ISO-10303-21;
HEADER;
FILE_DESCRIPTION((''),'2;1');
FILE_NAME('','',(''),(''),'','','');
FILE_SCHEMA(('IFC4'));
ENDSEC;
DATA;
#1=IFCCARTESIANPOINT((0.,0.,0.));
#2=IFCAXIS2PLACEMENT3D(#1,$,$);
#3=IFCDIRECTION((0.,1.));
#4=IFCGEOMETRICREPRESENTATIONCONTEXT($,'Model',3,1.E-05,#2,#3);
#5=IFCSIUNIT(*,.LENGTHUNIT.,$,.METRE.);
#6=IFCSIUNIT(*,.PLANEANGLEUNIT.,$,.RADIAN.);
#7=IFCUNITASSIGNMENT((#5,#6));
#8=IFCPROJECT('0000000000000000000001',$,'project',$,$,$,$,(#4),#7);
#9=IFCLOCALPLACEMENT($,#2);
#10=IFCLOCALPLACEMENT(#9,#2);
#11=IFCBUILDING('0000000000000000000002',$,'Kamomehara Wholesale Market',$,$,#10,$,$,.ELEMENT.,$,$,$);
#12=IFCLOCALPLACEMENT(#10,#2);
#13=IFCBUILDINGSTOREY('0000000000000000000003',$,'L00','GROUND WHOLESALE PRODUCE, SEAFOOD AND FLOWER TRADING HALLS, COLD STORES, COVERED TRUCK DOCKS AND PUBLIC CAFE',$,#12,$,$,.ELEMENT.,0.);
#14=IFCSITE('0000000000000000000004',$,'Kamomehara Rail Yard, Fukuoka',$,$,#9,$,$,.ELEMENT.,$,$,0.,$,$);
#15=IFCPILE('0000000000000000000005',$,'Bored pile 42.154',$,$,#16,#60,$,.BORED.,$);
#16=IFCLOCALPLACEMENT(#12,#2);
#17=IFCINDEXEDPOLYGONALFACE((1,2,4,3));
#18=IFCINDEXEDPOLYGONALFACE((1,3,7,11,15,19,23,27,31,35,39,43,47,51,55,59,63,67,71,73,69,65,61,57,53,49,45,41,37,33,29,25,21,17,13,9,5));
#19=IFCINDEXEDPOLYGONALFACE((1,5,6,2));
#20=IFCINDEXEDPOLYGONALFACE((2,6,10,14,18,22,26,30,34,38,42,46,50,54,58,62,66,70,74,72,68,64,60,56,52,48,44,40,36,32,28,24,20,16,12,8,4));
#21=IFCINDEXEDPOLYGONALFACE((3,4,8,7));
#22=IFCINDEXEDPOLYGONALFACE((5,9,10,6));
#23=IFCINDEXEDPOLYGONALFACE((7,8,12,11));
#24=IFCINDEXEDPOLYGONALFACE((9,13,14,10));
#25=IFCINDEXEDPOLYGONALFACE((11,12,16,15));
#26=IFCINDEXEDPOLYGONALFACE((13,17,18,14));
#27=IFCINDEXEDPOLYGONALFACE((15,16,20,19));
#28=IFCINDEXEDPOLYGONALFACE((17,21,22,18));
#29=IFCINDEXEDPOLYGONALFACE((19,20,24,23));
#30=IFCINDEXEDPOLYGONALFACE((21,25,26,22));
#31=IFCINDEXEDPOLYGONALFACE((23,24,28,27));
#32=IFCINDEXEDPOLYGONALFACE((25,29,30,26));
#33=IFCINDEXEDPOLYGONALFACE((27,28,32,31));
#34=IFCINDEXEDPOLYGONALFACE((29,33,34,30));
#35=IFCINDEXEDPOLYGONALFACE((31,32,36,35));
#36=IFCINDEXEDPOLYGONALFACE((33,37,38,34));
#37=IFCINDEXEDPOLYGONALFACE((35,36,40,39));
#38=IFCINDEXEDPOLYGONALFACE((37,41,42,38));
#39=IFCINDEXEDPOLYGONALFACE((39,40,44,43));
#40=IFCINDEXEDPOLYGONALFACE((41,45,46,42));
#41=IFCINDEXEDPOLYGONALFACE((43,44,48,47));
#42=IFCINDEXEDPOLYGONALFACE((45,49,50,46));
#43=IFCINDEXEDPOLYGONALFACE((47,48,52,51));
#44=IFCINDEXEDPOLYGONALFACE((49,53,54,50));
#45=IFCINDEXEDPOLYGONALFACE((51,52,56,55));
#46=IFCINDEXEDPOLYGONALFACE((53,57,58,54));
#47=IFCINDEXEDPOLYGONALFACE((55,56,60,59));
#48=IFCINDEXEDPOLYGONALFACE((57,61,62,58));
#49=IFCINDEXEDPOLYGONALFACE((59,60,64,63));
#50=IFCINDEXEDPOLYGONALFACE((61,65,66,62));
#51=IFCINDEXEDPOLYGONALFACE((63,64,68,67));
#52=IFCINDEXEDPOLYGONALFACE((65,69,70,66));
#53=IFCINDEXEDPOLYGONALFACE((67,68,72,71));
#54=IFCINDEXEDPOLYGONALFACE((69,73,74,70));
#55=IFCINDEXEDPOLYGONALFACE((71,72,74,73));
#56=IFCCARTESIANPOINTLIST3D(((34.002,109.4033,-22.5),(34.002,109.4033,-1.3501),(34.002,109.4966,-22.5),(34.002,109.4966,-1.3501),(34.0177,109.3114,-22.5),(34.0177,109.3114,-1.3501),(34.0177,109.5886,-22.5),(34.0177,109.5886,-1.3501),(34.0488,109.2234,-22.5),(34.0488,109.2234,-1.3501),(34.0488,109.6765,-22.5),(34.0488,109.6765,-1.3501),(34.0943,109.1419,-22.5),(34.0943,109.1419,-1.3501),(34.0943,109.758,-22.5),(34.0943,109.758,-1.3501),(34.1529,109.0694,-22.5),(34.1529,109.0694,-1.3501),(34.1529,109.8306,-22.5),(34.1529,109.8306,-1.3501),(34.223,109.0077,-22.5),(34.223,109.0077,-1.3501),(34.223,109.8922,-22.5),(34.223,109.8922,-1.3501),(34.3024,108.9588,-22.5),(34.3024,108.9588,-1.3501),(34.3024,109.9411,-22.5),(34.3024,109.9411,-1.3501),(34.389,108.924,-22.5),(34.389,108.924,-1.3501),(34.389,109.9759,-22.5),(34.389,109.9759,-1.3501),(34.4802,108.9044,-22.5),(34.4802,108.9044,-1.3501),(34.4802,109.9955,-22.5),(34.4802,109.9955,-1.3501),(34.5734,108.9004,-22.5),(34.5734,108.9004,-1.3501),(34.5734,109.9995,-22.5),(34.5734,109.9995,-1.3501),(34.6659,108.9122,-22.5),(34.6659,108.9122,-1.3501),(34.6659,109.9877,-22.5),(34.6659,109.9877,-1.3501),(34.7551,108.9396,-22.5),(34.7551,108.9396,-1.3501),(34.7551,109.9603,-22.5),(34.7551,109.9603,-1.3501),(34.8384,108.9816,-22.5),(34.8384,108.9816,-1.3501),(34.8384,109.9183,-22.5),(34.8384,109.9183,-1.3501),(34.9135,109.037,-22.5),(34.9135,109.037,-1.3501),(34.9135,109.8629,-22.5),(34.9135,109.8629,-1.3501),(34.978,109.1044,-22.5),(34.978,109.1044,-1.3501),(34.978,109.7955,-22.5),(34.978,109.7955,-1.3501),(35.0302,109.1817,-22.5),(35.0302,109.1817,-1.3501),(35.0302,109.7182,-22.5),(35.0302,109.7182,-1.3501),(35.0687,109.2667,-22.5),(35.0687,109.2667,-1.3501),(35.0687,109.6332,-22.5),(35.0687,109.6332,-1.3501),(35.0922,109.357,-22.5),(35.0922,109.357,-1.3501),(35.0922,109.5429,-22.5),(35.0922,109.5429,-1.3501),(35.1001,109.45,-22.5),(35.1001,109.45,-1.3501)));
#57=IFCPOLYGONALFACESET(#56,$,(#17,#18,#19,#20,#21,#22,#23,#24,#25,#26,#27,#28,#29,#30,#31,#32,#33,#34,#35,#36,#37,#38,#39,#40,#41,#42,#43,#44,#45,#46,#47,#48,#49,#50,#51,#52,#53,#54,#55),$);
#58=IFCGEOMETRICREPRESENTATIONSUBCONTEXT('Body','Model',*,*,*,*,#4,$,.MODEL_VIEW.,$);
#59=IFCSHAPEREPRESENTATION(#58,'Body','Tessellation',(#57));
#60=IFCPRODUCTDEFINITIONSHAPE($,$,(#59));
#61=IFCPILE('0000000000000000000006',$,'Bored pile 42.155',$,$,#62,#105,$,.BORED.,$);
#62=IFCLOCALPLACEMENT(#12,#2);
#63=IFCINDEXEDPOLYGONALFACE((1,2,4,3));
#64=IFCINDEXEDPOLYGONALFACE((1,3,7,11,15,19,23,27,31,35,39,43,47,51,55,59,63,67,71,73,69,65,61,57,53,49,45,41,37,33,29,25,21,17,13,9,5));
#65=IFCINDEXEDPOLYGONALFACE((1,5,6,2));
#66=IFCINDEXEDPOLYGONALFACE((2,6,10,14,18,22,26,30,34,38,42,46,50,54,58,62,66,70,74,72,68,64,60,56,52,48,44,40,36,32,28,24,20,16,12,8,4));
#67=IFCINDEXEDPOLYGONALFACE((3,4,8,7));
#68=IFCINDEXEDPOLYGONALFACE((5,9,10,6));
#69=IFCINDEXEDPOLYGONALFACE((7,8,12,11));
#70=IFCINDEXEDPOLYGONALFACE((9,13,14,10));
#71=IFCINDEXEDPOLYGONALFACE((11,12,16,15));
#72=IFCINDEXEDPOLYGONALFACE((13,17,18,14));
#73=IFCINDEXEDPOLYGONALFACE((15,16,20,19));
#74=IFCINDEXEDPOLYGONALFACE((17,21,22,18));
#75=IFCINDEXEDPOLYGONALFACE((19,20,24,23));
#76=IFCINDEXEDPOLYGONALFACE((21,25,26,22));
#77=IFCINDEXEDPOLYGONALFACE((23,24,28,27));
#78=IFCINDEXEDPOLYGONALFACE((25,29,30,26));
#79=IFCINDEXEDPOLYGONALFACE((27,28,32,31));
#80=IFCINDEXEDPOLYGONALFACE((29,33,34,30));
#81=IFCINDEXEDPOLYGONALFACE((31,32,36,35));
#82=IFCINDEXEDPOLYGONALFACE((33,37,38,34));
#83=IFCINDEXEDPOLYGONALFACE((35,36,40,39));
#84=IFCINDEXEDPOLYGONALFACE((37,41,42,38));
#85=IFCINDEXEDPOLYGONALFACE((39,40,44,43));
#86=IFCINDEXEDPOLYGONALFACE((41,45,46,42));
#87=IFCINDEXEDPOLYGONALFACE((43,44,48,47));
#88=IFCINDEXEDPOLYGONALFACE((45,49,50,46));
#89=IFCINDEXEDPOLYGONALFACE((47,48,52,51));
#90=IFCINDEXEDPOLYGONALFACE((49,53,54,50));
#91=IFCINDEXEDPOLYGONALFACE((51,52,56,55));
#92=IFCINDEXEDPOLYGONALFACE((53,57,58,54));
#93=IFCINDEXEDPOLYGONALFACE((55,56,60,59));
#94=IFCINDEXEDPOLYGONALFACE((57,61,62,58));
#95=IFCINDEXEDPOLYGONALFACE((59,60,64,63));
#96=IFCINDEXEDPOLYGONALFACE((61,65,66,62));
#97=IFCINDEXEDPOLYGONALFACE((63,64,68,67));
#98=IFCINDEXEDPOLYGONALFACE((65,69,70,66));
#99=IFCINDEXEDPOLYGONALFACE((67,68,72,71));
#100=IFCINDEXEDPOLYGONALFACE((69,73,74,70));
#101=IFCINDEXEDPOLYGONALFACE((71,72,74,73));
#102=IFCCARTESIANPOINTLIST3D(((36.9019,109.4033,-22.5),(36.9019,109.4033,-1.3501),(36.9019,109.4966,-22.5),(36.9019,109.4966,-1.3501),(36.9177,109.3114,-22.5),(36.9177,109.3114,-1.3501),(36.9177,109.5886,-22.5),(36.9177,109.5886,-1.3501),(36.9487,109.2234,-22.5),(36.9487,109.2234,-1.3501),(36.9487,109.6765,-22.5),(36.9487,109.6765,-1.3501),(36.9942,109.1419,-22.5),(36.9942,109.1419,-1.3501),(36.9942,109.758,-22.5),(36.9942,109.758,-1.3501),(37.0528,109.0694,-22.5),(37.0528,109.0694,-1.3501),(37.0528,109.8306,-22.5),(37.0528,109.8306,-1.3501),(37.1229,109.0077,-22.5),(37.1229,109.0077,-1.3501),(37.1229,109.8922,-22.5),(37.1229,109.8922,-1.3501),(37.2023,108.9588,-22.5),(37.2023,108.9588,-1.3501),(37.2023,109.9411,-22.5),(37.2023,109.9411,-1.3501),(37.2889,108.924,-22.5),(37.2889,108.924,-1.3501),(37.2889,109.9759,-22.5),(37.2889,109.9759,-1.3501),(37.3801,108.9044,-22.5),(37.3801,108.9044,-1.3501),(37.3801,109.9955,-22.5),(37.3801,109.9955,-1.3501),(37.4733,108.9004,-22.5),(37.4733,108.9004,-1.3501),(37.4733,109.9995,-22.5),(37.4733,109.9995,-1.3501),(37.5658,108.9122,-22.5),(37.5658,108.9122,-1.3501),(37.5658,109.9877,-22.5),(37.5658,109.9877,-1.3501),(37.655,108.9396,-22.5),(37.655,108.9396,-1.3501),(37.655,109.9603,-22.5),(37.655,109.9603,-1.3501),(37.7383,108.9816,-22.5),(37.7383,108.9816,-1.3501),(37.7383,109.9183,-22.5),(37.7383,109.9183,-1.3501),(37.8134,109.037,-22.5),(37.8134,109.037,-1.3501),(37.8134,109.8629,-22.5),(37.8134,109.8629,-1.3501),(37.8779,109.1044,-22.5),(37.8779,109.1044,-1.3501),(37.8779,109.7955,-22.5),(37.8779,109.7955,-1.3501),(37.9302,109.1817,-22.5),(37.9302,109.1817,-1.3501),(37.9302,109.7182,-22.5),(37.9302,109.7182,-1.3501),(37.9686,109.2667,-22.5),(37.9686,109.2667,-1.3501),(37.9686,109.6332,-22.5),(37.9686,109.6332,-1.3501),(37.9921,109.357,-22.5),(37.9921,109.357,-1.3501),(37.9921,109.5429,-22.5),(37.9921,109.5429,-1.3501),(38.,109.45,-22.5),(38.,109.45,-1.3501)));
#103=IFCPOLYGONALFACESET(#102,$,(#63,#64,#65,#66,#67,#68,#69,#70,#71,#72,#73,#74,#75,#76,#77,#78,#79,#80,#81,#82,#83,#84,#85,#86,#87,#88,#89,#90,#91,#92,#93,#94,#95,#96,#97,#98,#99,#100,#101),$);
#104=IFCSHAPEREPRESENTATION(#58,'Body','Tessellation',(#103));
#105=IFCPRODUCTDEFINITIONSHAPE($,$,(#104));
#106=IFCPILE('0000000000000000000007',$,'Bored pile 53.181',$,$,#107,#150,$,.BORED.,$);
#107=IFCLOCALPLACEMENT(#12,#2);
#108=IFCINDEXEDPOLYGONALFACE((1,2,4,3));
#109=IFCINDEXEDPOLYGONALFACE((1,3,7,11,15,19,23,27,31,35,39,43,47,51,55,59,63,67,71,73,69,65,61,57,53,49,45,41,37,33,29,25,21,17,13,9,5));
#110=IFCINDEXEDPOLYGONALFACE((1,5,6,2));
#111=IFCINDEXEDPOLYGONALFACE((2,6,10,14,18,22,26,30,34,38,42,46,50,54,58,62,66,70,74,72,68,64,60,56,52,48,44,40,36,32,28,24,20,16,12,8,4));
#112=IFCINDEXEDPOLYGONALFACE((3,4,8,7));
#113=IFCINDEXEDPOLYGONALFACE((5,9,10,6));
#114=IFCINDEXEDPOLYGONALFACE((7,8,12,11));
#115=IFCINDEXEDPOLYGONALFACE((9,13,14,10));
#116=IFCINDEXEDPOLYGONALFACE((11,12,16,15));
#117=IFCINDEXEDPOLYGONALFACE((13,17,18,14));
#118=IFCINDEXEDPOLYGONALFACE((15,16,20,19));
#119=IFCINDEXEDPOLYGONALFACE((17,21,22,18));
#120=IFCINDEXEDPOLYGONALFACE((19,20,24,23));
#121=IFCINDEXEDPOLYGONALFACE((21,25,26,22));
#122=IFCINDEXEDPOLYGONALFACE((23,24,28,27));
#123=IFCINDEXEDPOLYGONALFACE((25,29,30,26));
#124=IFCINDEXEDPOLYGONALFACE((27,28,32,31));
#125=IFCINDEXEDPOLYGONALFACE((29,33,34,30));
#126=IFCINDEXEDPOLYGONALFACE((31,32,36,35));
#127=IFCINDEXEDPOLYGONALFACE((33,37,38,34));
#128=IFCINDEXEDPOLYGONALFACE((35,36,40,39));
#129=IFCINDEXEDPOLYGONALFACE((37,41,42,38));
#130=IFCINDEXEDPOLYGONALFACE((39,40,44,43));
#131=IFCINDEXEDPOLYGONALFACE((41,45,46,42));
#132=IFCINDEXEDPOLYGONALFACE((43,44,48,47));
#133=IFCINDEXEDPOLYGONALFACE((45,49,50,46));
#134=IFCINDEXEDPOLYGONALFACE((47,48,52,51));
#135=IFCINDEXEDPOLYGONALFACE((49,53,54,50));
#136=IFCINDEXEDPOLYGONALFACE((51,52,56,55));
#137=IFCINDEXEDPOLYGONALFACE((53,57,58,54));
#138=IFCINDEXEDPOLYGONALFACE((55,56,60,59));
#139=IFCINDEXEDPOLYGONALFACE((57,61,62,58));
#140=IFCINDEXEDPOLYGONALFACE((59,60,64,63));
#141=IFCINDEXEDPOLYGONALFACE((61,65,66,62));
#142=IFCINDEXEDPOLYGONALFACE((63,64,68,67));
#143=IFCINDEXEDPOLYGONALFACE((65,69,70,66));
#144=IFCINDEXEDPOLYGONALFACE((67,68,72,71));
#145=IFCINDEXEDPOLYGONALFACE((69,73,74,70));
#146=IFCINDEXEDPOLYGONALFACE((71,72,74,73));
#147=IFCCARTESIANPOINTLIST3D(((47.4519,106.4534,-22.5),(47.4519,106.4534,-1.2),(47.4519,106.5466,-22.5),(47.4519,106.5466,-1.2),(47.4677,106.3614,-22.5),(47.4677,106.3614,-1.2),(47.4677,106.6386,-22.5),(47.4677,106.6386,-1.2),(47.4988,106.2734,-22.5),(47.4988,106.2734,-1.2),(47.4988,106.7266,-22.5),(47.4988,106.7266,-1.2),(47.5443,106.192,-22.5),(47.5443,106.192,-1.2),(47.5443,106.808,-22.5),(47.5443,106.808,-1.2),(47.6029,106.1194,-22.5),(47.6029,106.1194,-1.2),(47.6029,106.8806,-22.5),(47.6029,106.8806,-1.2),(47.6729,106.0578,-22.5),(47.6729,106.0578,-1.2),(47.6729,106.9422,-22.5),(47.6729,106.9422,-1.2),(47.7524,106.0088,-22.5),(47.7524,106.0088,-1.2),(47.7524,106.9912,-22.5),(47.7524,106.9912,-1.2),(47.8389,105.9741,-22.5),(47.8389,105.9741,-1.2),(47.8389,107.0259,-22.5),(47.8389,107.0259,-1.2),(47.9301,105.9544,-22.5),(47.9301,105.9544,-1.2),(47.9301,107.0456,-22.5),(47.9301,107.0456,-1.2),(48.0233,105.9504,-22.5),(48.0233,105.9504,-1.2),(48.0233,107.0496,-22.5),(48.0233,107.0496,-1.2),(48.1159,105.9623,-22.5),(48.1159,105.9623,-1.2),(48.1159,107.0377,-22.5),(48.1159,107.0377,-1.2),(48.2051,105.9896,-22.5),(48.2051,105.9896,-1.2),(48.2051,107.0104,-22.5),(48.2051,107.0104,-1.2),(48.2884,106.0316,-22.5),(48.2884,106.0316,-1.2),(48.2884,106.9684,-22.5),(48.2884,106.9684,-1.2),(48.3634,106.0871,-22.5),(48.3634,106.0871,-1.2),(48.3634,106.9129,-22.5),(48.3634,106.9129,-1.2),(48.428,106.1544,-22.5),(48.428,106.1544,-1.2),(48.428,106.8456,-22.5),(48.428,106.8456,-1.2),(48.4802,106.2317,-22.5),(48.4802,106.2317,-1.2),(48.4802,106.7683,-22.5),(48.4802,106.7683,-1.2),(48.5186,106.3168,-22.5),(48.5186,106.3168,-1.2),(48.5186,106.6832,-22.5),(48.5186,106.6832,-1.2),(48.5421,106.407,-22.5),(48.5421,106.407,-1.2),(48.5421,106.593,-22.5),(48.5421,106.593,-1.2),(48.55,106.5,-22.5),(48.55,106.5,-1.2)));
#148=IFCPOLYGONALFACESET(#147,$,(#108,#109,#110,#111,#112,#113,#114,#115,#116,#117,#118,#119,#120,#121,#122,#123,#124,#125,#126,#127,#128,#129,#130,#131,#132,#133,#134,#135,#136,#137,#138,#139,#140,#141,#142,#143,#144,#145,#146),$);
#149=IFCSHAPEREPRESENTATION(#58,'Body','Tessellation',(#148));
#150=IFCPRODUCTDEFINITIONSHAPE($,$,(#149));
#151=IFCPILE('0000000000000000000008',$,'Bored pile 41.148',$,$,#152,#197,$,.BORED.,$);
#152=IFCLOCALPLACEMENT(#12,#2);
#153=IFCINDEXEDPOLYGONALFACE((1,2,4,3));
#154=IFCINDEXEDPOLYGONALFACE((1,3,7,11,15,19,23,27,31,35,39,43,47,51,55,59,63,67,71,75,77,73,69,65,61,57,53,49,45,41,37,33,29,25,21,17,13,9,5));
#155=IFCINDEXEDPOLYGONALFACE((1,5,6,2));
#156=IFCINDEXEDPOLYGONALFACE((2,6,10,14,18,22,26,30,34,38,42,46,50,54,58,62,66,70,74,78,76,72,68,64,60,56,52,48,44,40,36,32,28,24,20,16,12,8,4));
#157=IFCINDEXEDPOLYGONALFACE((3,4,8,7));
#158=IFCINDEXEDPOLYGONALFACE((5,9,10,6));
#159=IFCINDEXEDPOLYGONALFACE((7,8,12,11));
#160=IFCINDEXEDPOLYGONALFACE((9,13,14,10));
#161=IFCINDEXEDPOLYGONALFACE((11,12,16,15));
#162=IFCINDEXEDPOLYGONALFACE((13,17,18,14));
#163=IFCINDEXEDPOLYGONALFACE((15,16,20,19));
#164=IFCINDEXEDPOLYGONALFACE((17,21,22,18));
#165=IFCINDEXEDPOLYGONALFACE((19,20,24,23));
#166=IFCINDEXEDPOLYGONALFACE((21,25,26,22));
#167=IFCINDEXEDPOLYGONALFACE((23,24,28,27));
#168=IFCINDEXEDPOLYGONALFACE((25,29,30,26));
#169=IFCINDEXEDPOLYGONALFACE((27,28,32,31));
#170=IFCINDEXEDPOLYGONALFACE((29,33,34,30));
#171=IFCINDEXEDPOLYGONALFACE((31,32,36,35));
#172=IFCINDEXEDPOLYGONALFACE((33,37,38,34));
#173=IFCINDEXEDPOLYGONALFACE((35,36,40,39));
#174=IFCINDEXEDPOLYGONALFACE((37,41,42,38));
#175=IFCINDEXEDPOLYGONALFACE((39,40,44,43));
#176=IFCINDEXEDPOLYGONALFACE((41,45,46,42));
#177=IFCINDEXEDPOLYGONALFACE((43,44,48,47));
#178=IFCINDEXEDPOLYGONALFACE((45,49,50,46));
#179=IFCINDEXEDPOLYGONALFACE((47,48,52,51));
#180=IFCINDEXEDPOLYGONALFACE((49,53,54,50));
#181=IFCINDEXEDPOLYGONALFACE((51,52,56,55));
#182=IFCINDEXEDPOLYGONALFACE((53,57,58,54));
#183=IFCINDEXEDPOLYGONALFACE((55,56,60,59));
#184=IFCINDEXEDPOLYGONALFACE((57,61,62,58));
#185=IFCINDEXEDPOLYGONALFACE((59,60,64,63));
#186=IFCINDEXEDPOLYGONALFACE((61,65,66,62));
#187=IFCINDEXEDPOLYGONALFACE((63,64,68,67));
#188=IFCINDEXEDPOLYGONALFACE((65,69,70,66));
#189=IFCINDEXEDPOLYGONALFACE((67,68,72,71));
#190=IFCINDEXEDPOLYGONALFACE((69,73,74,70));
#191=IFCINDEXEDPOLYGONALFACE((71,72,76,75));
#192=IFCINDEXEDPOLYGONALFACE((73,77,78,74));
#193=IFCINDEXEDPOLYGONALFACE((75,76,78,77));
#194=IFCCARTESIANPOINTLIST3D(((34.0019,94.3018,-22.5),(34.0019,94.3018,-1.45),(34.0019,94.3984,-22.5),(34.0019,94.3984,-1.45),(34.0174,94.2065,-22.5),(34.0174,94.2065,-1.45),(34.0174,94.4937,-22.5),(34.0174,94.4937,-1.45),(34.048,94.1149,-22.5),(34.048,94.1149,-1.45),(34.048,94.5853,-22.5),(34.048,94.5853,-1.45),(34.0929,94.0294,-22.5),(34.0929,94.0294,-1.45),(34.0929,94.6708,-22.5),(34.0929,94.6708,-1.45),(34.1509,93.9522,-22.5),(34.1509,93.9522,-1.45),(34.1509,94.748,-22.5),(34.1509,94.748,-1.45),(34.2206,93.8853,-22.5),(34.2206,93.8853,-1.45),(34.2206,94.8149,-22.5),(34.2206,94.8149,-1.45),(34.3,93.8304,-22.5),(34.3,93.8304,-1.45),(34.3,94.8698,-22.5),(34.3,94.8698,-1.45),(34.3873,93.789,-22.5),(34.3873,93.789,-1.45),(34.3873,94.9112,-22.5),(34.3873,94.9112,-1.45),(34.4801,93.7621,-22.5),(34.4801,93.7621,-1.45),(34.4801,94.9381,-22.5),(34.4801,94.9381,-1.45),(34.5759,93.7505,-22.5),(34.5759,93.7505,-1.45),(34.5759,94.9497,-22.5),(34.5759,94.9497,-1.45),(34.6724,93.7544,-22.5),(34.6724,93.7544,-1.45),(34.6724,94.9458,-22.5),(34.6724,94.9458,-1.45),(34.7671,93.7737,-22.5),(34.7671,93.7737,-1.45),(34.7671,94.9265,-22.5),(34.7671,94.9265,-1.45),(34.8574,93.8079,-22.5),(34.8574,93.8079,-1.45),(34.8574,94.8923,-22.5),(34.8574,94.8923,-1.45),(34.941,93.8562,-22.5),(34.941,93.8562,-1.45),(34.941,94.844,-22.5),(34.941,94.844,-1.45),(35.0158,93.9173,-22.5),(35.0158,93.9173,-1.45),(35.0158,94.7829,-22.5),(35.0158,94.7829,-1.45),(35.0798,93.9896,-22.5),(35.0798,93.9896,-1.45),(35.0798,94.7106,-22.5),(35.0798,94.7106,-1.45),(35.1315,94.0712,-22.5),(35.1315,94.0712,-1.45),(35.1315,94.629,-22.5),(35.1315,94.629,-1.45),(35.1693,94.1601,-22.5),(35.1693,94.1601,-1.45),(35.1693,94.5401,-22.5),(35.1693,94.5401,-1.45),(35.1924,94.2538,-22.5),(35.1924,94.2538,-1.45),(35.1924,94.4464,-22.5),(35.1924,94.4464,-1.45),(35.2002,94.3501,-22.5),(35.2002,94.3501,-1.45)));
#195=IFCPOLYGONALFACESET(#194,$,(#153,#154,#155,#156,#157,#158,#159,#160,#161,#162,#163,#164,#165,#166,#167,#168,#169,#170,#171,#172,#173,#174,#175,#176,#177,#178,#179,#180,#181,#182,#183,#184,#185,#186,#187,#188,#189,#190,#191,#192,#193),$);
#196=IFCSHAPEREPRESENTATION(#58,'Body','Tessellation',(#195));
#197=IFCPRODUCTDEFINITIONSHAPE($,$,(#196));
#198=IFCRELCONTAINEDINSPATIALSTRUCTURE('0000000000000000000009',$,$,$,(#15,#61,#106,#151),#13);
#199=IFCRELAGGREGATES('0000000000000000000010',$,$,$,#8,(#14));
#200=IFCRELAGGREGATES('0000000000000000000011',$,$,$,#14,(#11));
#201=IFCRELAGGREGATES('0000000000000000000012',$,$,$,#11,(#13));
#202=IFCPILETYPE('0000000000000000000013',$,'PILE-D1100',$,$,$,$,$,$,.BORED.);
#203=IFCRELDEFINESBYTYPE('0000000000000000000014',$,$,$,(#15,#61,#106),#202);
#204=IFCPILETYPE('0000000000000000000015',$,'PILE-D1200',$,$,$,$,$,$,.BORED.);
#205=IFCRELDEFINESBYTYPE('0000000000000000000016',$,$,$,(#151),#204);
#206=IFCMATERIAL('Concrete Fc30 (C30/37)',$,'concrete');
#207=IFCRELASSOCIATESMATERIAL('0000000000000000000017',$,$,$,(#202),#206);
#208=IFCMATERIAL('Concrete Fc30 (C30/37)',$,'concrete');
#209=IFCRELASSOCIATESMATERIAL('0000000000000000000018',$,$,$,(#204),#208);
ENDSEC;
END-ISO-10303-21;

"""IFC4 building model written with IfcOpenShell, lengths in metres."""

from ifc_helpers import new_model, si_unit, direction, frame, origin, origin_2d, place, context, subcontext, project, spatial, circle, extrude, material, material_profile, profile_set, type_object, element, save


model = new_model("IFC4")

# Units and contexts
model_context = context("Model", 3, precision=1e-05, world=origin(), true_north=direction((0.0, 1.0)))
body_context = subcontext(model_context, "Body", "Model", "MODEL_VIEW")
ifc_project = project(units=[si_unit("LENGTHUNIT", "METRE"), si_unit("PLANEANGLEUNIT", "RADIAN")], contexts=[model_context])

# Site, building, storey
site_placement = place(None, origin())
site = spatial("IfcSite", under=ifc_project, at=site_placement, Name="Kamomehara Rail Yard, Fukuoka", CompositionType="ELEMENT", RefElevation=0.0)
building_placement = place(site_placement, origin())
building = spatial("IfcBuilding", under=site, at=building_placement, Name="Kamomehara Wholesale Market", CompositionType="ELEMENT")
storey_placement = place(building_placement, origin())
storey = spatial("IfcBuildingStorey", under=building, at=storey_placement, Name="L00", Description="GROUND WHOLESALE PRODUCE, SEAFOOD AND FLOWER TRADING HALLS, COLD STORES, COVERED TRUCK DOCKS AND PUBLIC CAFE", CompositionType="ELEMENT", Elevation=0.0)

# Piles
ifc_material_1 = material(Name="Concrete Fc30 (C30/37)", Category="concrete")
ifc_material_profile_1 = material_profile(ifc_material_1, circle(Radius=0.55, at=origin_2d()), Name="RC-PILE-D1100")
ifc_profile_set_1 = profile_set([ifc_material_profile_1], Name="Concrete Fc30 (C30/37)")
pile_type_1 = type_object("IfcPileType", Name="PILE-D1100", PredefinedType="BORED", material=ifc_profile_set_1)
for number, where, z_axis, x_axis, name in (
    (1, (34.55, 109.45, -1.3501), (0.0, 0.0, -1.0), (1.0, 0.0, 0.0), "Bored pile 42.154"),
    (2, (37.45, 109.45, -1.3501), (0.0, 0.0, -1.0), (1.0, 0.0, 0.0), "Bored pile 42.155"),
):
    element("IfcPile", number, at=place(storey_placement, frame(where, z_axis=z_axis, x_axis=x_axis)), inside=storey, type_object=pile_type_1, Name=name, PredefinedType="BORED", context=body_context, shape_type="SweptSolid", body=[
        extrude(circle(Radius=0.55, at=origin_2d()), origin(), (0.0, 0.0, 1.0), 21.1499),
    ])
pile_placement = place(storey_placement, frame((48.0, 106.5, -1.2), z_axis=(0.0, 0.0, -1.0), x_axis=(1.0, 0.0, 0.0)))
element("IfcPile", 3, at=pile_placement, inside=storey, type_object=pile_type_1, Name="Bored pile 53.181", PredefinedType="BORED", context=body_context, shape_type="SweptSolid", body=[
    extrude(circle(Radius=0.55, at=origin_2d()), origin(), (0.0, 0.0, 1.0), 21.3),
])
ifc_material_2 = material(Name="Concrete Fc30 (C30/37)", Category="concrete")
ifc_material_profile_2 = material_profile(ifc_material_2, circle(Radius=0.6001, at=origin_2d()), Name="RC-PILE-D1200")
ifc_profile_set_2 = profile_set([ifc_material_profile_2], Name="Concrete Fc30 (C30/37)")
pile_type_2 = type_object("IfcPileType", Name="PILE-D1200", PredefinedType="BORED", material=ifc_profile_set_2)
for number, where, z_axis, x_axis, name in (
    (4, (34.6001, 94.3501, -1.45), (0.0, 0.0, -1.0), (1.0, 0.0, 0.0), "Bored pile 41.148"),
):
    element("IfcPile", number, at=place(storey_placement, frame(where, z_axis=z_axis, x_axis=x_axis)), inside=storey, type_object=pile_type_2, Name=name, PredefinedType="BORED", context=body_context, shape_type="SweptSolid", body=[
        extrude(circle(Radius=0.6001, at=origin_2d()), origin(), (0.0, 0.0, 1.0), 21.05),
    ])

save(model, "model.ifc")
